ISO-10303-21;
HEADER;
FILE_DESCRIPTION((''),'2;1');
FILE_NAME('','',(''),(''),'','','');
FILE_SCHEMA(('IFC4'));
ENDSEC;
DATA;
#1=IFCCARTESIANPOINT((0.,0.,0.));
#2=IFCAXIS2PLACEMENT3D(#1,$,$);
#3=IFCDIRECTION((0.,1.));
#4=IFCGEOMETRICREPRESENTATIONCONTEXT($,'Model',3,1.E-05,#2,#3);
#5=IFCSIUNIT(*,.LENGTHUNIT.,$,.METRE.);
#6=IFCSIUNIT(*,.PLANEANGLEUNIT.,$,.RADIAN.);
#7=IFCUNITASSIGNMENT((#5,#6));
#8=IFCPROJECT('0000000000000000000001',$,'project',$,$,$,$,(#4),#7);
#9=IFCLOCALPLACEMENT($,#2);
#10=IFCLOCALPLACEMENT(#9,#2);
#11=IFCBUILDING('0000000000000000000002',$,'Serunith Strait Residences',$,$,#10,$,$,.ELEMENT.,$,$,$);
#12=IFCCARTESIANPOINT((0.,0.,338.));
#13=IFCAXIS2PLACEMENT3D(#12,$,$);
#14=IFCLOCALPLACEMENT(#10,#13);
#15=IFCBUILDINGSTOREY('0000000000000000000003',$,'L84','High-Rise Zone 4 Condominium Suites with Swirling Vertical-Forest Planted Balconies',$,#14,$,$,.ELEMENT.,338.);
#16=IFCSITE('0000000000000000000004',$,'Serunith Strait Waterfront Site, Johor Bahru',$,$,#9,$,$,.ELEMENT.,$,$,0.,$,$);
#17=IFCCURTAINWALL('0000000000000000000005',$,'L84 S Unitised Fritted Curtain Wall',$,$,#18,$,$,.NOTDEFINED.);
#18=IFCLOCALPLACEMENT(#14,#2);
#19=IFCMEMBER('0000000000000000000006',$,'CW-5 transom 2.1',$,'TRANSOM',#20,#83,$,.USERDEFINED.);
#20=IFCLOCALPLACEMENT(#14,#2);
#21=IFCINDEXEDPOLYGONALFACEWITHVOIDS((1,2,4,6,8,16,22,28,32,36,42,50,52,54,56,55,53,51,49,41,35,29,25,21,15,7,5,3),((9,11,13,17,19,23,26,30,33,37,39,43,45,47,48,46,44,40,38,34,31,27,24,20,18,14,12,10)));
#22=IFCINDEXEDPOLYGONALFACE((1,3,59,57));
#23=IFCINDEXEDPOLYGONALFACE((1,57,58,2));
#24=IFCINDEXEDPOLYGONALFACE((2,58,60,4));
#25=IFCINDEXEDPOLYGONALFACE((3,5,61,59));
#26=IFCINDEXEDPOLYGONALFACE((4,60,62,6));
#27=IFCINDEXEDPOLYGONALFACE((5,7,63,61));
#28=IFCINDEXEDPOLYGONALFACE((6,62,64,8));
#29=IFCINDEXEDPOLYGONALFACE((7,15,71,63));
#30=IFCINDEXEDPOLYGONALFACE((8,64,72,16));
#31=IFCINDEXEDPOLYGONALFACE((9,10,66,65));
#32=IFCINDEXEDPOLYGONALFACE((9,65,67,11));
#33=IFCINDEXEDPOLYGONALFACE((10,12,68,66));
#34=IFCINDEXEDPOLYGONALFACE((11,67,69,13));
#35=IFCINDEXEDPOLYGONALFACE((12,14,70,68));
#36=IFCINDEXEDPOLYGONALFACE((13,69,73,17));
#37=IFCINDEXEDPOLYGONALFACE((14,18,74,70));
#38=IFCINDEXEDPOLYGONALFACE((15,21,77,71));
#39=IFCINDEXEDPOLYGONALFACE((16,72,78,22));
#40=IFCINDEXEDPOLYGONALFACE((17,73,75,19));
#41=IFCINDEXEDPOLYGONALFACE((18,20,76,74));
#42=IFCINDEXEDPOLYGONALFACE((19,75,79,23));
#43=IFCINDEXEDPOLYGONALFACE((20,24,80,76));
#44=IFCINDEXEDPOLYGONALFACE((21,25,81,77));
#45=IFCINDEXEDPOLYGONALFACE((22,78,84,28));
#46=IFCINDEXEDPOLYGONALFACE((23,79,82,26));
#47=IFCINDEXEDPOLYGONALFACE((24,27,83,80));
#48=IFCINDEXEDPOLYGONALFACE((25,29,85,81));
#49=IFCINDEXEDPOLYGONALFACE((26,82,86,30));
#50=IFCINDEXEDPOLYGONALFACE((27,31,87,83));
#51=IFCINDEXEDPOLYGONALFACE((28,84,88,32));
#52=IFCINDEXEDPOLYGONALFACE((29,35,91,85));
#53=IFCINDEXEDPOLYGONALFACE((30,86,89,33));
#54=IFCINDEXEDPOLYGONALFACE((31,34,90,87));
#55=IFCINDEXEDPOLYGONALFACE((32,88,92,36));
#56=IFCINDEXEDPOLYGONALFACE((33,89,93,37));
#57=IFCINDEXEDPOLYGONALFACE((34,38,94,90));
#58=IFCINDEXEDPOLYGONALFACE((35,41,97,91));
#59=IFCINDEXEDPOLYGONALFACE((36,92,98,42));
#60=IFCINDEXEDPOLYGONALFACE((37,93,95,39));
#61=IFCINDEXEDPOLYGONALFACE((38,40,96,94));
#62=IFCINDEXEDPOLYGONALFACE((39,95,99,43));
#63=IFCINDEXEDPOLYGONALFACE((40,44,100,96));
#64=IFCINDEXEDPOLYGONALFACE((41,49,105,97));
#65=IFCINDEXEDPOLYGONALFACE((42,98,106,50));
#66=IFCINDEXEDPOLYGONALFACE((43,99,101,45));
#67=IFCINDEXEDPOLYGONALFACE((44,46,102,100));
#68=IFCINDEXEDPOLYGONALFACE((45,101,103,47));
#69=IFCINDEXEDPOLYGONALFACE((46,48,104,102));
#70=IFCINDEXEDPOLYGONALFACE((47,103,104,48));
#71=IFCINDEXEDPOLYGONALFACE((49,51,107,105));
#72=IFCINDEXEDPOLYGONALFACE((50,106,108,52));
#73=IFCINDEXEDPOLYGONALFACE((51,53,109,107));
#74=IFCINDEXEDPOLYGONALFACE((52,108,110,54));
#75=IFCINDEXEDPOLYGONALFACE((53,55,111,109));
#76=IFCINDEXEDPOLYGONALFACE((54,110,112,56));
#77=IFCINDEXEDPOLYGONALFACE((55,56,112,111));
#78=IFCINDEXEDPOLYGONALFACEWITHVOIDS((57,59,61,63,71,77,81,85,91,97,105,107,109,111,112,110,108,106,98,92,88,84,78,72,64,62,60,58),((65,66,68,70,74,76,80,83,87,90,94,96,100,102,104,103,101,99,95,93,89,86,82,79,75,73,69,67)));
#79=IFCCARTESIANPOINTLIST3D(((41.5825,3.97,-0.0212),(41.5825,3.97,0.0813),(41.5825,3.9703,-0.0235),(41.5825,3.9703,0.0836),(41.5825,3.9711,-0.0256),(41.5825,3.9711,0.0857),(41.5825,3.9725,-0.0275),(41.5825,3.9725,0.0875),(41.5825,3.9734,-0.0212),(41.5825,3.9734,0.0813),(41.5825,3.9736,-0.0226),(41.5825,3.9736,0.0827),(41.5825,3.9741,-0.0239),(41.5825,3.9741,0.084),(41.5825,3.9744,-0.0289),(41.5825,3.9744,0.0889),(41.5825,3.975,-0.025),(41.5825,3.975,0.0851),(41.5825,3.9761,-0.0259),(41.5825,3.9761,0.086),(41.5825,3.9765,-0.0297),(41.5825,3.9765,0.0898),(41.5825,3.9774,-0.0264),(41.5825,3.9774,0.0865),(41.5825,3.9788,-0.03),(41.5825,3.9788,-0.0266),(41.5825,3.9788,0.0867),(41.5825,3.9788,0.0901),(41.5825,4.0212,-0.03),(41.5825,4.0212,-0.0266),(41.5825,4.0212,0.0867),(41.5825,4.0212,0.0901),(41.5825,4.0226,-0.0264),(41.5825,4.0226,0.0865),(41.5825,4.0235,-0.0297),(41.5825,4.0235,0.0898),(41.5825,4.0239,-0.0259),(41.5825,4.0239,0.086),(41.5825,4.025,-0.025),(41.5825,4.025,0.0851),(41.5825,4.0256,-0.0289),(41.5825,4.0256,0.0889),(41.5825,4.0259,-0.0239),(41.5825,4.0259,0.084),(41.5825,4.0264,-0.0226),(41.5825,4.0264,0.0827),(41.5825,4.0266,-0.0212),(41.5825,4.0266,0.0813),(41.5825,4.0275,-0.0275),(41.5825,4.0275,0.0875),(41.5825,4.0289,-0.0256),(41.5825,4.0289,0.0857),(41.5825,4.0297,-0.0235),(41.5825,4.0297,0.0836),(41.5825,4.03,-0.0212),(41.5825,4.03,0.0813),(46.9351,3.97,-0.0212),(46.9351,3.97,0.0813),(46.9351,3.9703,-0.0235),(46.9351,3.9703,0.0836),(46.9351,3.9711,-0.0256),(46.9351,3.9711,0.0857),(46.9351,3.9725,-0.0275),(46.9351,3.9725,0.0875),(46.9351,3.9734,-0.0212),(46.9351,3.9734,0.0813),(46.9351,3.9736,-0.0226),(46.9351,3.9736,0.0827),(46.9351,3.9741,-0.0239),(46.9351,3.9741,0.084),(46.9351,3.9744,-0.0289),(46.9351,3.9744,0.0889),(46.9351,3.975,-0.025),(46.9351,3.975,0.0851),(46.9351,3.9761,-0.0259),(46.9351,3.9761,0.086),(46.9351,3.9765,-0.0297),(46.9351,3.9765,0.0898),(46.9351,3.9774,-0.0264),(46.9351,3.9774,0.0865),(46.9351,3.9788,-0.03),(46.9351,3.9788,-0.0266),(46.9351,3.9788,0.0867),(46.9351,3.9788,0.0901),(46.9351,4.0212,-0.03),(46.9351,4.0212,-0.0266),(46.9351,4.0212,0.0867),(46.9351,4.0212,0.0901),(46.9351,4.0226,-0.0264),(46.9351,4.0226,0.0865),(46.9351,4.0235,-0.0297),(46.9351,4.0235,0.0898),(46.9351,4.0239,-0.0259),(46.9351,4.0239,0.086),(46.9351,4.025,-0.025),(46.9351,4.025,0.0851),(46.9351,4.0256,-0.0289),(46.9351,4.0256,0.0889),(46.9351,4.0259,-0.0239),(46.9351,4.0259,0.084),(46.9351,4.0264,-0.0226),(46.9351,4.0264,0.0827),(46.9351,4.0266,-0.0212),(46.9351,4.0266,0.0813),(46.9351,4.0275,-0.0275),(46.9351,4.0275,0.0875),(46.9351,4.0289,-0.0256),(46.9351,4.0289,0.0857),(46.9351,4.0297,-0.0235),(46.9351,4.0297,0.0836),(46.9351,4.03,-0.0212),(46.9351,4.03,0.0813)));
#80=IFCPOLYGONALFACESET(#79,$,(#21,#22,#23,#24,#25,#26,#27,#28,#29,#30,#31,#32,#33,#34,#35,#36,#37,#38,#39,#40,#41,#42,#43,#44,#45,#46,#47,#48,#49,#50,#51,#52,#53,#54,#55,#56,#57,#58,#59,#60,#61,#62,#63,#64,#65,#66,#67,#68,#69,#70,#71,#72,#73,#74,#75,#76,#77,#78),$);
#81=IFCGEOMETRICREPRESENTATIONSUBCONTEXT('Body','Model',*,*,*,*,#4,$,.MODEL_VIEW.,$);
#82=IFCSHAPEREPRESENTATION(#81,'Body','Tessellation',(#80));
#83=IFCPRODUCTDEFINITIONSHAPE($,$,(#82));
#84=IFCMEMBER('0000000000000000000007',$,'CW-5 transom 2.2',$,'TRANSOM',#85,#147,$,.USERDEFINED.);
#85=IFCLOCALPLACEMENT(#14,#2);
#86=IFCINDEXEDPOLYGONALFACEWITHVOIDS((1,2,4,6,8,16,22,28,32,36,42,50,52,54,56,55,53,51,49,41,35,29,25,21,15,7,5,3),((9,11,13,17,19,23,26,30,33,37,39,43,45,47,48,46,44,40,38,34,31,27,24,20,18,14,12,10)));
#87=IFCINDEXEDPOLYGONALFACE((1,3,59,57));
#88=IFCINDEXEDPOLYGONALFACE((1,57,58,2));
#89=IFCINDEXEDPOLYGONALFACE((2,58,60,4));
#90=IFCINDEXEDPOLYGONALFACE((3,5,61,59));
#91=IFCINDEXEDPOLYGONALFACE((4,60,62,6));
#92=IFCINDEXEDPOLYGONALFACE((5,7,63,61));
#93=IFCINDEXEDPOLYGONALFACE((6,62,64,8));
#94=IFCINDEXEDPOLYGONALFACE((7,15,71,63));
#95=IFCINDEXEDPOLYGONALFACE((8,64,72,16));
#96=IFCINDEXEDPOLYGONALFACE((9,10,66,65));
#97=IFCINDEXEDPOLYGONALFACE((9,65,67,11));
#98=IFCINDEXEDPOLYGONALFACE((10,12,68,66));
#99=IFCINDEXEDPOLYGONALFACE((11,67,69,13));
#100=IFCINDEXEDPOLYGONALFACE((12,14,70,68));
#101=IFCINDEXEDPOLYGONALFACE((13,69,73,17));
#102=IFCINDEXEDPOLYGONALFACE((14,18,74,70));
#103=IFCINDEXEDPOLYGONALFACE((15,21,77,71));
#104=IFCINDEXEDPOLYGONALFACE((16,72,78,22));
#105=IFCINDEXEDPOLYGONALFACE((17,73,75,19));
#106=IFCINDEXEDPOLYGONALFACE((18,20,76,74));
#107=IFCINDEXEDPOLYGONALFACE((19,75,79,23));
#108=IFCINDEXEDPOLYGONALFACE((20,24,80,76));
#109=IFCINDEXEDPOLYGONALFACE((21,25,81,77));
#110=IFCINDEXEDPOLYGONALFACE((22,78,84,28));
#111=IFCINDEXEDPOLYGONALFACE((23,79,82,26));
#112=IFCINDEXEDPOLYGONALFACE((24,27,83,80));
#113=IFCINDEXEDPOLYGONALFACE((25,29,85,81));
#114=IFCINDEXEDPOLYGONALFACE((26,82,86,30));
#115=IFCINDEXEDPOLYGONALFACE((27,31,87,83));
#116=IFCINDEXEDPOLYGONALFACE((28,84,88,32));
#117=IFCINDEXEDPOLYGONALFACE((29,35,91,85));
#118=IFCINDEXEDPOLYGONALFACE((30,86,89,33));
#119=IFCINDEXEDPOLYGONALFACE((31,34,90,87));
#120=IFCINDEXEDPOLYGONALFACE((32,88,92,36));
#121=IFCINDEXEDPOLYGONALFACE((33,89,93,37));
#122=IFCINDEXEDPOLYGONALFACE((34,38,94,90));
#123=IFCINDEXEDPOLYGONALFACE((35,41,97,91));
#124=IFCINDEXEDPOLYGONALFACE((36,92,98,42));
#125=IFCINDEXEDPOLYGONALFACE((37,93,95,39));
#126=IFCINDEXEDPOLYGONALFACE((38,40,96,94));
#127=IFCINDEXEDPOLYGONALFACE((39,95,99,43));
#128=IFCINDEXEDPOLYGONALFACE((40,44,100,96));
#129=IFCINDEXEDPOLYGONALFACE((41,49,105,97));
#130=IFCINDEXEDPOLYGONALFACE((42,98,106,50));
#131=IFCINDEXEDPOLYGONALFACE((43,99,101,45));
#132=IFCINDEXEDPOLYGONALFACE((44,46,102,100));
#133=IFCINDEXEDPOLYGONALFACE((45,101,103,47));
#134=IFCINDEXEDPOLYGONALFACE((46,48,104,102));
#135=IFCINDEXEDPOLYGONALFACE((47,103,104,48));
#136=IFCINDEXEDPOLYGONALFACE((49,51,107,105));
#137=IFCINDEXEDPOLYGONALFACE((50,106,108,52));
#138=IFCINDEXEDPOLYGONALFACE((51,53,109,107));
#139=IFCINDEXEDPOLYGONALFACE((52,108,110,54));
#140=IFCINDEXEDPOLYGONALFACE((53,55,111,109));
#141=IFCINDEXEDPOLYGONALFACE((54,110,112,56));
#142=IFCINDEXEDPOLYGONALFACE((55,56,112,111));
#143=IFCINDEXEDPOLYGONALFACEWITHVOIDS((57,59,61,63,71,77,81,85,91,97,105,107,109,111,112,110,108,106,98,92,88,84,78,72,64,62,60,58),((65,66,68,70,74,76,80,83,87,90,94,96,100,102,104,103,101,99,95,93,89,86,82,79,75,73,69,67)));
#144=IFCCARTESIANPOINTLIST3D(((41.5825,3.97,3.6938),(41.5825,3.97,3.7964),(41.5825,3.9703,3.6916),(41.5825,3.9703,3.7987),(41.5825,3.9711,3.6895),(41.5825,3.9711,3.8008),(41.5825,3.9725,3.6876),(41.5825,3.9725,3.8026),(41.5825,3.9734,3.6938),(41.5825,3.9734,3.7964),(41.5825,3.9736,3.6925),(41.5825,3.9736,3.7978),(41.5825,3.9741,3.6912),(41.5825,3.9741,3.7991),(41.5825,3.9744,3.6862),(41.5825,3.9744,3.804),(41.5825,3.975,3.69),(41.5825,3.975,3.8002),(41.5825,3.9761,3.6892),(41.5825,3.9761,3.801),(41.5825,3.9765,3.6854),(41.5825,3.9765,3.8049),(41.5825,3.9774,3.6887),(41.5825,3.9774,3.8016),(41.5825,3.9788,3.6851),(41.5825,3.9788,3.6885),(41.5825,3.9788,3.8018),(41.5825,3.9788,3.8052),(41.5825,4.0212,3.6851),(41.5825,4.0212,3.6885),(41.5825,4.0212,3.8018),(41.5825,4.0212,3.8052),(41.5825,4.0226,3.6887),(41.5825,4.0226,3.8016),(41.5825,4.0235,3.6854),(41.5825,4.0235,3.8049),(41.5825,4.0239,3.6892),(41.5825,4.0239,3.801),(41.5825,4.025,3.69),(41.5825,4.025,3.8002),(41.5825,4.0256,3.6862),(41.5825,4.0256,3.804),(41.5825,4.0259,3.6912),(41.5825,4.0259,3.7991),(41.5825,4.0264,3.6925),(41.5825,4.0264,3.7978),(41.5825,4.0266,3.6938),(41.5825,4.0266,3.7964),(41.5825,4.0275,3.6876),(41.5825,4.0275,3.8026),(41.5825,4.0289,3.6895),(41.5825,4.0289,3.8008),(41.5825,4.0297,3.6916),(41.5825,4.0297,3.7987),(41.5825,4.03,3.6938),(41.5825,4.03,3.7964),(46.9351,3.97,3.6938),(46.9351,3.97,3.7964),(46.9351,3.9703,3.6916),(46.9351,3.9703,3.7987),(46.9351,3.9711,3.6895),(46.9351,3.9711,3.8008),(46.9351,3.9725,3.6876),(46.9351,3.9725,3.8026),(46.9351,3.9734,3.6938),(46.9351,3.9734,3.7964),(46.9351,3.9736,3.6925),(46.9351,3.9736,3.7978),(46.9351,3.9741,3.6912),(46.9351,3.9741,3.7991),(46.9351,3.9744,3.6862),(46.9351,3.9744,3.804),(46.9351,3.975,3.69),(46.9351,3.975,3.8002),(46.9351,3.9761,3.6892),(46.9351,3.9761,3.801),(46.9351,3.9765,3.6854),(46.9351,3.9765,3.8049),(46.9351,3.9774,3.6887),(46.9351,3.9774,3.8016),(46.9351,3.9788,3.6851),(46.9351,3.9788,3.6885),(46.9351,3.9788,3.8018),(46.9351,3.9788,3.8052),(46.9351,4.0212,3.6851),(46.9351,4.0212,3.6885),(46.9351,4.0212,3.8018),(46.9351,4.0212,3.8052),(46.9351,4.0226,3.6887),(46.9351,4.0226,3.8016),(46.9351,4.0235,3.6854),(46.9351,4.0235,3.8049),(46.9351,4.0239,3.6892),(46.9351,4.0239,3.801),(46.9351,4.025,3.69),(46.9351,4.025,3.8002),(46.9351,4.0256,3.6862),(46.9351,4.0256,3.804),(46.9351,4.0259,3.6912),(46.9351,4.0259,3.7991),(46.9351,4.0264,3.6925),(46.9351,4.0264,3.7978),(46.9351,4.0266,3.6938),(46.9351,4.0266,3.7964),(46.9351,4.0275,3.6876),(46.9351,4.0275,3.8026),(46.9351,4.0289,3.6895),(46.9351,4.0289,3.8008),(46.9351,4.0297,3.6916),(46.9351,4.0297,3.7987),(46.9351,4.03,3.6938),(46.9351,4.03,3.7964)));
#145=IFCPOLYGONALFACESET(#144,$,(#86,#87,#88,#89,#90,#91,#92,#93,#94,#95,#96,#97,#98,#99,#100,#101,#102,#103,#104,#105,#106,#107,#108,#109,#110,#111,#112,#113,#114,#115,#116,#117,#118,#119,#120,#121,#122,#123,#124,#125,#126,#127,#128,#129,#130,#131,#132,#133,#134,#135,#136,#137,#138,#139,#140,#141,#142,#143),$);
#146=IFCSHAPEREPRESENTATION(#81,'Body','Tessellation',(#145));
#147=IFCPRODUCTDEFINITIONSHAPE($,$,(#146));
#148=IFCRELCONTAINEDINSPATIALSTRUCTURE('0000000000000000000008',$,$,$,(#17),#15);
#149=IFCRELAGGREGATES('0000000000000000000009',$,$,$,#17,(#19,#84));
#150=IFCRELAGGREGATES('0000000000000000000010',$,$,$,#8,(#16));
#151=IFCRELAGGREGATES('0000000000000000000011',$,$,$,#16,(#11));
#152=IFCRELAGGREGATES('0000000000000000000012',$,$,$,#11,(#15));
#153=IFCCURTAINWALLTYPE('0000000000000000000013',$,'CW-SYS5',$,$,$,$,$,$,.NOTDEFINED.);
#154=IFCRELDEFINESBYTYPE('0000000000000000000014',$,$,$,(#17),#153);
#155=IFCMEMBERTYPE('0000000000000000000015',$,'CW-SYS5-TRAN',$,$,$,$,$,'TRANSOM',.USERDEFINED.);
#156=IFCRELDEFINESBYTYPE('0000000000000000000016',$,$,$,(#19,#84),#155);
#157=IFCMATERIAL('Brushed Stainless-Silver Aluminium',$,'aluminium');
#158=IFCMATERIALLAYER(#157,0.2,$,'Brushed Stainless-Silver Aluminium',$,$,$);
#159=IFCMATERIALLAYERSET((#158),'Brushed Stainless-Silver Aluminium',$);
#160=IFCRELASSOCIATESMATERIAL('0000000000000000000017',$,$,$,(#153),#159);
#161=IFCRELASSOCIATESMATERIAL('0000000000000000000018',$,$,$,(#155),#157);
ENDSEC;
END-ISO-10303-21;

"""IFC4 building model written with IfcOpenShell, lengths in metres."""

from ifc_helpers import new_model, si_unit, direction, frame, origin, origin_2d, place, context, subcontext, project, spatial, hollow_rectangle, extrude, source, transform, mapped, material, layer, layer_set, material_profile, profile_set, type_object, element, aggregate, save


model = new_model("IFC4")

# Units and contexts
model_context = context("Model", 3, precision=1e-05, world=origin(), true_north=direction((0.0, 1.0)))
body_context = subcontext(model_context, "Body", "Model", "MODEL_VIEW")
ifc_project = project(units=[si_unit("LENGTHUNIT", "METRE"), si_unit("PLANEANGLEUNIT", "RADIAN")], contexts=[model_context])

# Site, building, storey
site_placement = place(None, origin())
site = spatial("IfcSite", under=ifc_project, at=site_placement, Name="Serunith Strait Waterfront Site, Johor Bahru", CompositionType="ELEMENT", RefElevation=0.0)
building_placement = place(site_placement, origin())
building = spatial("IfcBuilding", under=site, at=building_placement, Name="Serunith Strait Residences", CompositionType="ELEMENT")
storey_placement = place(building_placement, frame((0.0, 0.0, 338.0)))
storey = spatial("IfcBuildingStorey", under=building, at=storey_placement, Name="L84", Description="High-Rise Zone 4 Condominium Suites with Swirling Vertical-Forest Planted Balconies", CompositionType="ELEMENT", Elevation=338.0)

# Curtain wall
ifc_material_1 = material(Name="Brushed Stainless-Silver Aluminium", Category="aluminium")
ifc_layer_1 = layer(ifc_material_1, 0.2, Name="Brushed Stainless-Silver Aluminium")
ifc_layer_set_1 = layer_set([ifc_layer_1], Name="Brushed Stainless-Silver Aluminium")
curtain_wall_type = type_object("IfcCurtainWallType", Name="CW-SYS5", PredefinedType="NOTDEFINED", material=ifc_layer_set_1)
curtain_wall_1_placement = place(storey_placement, origin())
curtain_wall_1 = element("IfcCurtainWall", 1, at=curtain_wall_1_placement, inside=storey, type_object=curtain_wall_type, Name="L84 S Unitised Fritted Curtain Wall", PredefinedType="NOTDEFINED")

# Members
ifc_material_profile_1 = material_profile(ifc_material_1, hollow_rectangle(XDim=0.0601, YDim=0.1201, WallThickness=0.0034, InnerFilletRadius=0.0054, OuterFilletRadius=0.0088, at=origin_2d()), Name="ALU 120x60x3.5")
ifc_profile_set_1 = profile_set([ifc_material_profile_1], Name="Brushed Stainless-Silver Aluminium")
member_type_1 = type_object("IfcMemberType", Name="CW-SYS5-TRAN", ElementType="TRANSOM", PredefinedType="USERDEFINED", material=ifc_profile_set_1)
shared_shape_1 = source(origin(), body_context, "Body", "SweptSolid", [
    extrude(hollow_rectangle(XDim=0.0601, YDim=0.1201, WallThickness=0.0034, InnerFilletRadius=0.0054, OuterFilletRadius=0.0088, at=origin_2d()), origin(), (0.0, 0.0, 1.0), 5.3525),
])
member_1_placement = place(storey_placement, frame((41.5825, 4.0, 0.03), z_axis=(1.0, 0.0, 0.0), x_axis=(0.0, 1.0, 0.0)))
member_1 = element("IfcMember", 2, at=member_1_placement, type_object=member_type_1, Name="CW-5 transom 2.1", ObjectType="TRANSOM", PredefinedType="USERDEFINED", context=body_context, shape_type="MappedRepresentation", body=[
    mapped(shared_shape_1, transform((0.0, 0.0, 0.0), scale=1.0)),
])
member_2_placement = place(storey_placement, frame((41.5825, 4.0, 3.7451), z_axis=(1.0, 0.0, 0.0), x_axis=(0.0, 1.0, 0.0)))
member_2 = element("IfcMember", 3, at=member_2_placement, type_object=member_type_1, Name="CW-5 transom 2.2", ObjectType="TRANSOM", PredefinedType="USERDEFINED", context=body_context, shape_type="MappedRepresentation", body=[
    mapped(shared_shape_1, transform((0.0, 0.0, 0.0), scale=1.0)),
])

aggregate(curtain_wall_1, [member_1, member_2])

save(model, "model.ifc")
